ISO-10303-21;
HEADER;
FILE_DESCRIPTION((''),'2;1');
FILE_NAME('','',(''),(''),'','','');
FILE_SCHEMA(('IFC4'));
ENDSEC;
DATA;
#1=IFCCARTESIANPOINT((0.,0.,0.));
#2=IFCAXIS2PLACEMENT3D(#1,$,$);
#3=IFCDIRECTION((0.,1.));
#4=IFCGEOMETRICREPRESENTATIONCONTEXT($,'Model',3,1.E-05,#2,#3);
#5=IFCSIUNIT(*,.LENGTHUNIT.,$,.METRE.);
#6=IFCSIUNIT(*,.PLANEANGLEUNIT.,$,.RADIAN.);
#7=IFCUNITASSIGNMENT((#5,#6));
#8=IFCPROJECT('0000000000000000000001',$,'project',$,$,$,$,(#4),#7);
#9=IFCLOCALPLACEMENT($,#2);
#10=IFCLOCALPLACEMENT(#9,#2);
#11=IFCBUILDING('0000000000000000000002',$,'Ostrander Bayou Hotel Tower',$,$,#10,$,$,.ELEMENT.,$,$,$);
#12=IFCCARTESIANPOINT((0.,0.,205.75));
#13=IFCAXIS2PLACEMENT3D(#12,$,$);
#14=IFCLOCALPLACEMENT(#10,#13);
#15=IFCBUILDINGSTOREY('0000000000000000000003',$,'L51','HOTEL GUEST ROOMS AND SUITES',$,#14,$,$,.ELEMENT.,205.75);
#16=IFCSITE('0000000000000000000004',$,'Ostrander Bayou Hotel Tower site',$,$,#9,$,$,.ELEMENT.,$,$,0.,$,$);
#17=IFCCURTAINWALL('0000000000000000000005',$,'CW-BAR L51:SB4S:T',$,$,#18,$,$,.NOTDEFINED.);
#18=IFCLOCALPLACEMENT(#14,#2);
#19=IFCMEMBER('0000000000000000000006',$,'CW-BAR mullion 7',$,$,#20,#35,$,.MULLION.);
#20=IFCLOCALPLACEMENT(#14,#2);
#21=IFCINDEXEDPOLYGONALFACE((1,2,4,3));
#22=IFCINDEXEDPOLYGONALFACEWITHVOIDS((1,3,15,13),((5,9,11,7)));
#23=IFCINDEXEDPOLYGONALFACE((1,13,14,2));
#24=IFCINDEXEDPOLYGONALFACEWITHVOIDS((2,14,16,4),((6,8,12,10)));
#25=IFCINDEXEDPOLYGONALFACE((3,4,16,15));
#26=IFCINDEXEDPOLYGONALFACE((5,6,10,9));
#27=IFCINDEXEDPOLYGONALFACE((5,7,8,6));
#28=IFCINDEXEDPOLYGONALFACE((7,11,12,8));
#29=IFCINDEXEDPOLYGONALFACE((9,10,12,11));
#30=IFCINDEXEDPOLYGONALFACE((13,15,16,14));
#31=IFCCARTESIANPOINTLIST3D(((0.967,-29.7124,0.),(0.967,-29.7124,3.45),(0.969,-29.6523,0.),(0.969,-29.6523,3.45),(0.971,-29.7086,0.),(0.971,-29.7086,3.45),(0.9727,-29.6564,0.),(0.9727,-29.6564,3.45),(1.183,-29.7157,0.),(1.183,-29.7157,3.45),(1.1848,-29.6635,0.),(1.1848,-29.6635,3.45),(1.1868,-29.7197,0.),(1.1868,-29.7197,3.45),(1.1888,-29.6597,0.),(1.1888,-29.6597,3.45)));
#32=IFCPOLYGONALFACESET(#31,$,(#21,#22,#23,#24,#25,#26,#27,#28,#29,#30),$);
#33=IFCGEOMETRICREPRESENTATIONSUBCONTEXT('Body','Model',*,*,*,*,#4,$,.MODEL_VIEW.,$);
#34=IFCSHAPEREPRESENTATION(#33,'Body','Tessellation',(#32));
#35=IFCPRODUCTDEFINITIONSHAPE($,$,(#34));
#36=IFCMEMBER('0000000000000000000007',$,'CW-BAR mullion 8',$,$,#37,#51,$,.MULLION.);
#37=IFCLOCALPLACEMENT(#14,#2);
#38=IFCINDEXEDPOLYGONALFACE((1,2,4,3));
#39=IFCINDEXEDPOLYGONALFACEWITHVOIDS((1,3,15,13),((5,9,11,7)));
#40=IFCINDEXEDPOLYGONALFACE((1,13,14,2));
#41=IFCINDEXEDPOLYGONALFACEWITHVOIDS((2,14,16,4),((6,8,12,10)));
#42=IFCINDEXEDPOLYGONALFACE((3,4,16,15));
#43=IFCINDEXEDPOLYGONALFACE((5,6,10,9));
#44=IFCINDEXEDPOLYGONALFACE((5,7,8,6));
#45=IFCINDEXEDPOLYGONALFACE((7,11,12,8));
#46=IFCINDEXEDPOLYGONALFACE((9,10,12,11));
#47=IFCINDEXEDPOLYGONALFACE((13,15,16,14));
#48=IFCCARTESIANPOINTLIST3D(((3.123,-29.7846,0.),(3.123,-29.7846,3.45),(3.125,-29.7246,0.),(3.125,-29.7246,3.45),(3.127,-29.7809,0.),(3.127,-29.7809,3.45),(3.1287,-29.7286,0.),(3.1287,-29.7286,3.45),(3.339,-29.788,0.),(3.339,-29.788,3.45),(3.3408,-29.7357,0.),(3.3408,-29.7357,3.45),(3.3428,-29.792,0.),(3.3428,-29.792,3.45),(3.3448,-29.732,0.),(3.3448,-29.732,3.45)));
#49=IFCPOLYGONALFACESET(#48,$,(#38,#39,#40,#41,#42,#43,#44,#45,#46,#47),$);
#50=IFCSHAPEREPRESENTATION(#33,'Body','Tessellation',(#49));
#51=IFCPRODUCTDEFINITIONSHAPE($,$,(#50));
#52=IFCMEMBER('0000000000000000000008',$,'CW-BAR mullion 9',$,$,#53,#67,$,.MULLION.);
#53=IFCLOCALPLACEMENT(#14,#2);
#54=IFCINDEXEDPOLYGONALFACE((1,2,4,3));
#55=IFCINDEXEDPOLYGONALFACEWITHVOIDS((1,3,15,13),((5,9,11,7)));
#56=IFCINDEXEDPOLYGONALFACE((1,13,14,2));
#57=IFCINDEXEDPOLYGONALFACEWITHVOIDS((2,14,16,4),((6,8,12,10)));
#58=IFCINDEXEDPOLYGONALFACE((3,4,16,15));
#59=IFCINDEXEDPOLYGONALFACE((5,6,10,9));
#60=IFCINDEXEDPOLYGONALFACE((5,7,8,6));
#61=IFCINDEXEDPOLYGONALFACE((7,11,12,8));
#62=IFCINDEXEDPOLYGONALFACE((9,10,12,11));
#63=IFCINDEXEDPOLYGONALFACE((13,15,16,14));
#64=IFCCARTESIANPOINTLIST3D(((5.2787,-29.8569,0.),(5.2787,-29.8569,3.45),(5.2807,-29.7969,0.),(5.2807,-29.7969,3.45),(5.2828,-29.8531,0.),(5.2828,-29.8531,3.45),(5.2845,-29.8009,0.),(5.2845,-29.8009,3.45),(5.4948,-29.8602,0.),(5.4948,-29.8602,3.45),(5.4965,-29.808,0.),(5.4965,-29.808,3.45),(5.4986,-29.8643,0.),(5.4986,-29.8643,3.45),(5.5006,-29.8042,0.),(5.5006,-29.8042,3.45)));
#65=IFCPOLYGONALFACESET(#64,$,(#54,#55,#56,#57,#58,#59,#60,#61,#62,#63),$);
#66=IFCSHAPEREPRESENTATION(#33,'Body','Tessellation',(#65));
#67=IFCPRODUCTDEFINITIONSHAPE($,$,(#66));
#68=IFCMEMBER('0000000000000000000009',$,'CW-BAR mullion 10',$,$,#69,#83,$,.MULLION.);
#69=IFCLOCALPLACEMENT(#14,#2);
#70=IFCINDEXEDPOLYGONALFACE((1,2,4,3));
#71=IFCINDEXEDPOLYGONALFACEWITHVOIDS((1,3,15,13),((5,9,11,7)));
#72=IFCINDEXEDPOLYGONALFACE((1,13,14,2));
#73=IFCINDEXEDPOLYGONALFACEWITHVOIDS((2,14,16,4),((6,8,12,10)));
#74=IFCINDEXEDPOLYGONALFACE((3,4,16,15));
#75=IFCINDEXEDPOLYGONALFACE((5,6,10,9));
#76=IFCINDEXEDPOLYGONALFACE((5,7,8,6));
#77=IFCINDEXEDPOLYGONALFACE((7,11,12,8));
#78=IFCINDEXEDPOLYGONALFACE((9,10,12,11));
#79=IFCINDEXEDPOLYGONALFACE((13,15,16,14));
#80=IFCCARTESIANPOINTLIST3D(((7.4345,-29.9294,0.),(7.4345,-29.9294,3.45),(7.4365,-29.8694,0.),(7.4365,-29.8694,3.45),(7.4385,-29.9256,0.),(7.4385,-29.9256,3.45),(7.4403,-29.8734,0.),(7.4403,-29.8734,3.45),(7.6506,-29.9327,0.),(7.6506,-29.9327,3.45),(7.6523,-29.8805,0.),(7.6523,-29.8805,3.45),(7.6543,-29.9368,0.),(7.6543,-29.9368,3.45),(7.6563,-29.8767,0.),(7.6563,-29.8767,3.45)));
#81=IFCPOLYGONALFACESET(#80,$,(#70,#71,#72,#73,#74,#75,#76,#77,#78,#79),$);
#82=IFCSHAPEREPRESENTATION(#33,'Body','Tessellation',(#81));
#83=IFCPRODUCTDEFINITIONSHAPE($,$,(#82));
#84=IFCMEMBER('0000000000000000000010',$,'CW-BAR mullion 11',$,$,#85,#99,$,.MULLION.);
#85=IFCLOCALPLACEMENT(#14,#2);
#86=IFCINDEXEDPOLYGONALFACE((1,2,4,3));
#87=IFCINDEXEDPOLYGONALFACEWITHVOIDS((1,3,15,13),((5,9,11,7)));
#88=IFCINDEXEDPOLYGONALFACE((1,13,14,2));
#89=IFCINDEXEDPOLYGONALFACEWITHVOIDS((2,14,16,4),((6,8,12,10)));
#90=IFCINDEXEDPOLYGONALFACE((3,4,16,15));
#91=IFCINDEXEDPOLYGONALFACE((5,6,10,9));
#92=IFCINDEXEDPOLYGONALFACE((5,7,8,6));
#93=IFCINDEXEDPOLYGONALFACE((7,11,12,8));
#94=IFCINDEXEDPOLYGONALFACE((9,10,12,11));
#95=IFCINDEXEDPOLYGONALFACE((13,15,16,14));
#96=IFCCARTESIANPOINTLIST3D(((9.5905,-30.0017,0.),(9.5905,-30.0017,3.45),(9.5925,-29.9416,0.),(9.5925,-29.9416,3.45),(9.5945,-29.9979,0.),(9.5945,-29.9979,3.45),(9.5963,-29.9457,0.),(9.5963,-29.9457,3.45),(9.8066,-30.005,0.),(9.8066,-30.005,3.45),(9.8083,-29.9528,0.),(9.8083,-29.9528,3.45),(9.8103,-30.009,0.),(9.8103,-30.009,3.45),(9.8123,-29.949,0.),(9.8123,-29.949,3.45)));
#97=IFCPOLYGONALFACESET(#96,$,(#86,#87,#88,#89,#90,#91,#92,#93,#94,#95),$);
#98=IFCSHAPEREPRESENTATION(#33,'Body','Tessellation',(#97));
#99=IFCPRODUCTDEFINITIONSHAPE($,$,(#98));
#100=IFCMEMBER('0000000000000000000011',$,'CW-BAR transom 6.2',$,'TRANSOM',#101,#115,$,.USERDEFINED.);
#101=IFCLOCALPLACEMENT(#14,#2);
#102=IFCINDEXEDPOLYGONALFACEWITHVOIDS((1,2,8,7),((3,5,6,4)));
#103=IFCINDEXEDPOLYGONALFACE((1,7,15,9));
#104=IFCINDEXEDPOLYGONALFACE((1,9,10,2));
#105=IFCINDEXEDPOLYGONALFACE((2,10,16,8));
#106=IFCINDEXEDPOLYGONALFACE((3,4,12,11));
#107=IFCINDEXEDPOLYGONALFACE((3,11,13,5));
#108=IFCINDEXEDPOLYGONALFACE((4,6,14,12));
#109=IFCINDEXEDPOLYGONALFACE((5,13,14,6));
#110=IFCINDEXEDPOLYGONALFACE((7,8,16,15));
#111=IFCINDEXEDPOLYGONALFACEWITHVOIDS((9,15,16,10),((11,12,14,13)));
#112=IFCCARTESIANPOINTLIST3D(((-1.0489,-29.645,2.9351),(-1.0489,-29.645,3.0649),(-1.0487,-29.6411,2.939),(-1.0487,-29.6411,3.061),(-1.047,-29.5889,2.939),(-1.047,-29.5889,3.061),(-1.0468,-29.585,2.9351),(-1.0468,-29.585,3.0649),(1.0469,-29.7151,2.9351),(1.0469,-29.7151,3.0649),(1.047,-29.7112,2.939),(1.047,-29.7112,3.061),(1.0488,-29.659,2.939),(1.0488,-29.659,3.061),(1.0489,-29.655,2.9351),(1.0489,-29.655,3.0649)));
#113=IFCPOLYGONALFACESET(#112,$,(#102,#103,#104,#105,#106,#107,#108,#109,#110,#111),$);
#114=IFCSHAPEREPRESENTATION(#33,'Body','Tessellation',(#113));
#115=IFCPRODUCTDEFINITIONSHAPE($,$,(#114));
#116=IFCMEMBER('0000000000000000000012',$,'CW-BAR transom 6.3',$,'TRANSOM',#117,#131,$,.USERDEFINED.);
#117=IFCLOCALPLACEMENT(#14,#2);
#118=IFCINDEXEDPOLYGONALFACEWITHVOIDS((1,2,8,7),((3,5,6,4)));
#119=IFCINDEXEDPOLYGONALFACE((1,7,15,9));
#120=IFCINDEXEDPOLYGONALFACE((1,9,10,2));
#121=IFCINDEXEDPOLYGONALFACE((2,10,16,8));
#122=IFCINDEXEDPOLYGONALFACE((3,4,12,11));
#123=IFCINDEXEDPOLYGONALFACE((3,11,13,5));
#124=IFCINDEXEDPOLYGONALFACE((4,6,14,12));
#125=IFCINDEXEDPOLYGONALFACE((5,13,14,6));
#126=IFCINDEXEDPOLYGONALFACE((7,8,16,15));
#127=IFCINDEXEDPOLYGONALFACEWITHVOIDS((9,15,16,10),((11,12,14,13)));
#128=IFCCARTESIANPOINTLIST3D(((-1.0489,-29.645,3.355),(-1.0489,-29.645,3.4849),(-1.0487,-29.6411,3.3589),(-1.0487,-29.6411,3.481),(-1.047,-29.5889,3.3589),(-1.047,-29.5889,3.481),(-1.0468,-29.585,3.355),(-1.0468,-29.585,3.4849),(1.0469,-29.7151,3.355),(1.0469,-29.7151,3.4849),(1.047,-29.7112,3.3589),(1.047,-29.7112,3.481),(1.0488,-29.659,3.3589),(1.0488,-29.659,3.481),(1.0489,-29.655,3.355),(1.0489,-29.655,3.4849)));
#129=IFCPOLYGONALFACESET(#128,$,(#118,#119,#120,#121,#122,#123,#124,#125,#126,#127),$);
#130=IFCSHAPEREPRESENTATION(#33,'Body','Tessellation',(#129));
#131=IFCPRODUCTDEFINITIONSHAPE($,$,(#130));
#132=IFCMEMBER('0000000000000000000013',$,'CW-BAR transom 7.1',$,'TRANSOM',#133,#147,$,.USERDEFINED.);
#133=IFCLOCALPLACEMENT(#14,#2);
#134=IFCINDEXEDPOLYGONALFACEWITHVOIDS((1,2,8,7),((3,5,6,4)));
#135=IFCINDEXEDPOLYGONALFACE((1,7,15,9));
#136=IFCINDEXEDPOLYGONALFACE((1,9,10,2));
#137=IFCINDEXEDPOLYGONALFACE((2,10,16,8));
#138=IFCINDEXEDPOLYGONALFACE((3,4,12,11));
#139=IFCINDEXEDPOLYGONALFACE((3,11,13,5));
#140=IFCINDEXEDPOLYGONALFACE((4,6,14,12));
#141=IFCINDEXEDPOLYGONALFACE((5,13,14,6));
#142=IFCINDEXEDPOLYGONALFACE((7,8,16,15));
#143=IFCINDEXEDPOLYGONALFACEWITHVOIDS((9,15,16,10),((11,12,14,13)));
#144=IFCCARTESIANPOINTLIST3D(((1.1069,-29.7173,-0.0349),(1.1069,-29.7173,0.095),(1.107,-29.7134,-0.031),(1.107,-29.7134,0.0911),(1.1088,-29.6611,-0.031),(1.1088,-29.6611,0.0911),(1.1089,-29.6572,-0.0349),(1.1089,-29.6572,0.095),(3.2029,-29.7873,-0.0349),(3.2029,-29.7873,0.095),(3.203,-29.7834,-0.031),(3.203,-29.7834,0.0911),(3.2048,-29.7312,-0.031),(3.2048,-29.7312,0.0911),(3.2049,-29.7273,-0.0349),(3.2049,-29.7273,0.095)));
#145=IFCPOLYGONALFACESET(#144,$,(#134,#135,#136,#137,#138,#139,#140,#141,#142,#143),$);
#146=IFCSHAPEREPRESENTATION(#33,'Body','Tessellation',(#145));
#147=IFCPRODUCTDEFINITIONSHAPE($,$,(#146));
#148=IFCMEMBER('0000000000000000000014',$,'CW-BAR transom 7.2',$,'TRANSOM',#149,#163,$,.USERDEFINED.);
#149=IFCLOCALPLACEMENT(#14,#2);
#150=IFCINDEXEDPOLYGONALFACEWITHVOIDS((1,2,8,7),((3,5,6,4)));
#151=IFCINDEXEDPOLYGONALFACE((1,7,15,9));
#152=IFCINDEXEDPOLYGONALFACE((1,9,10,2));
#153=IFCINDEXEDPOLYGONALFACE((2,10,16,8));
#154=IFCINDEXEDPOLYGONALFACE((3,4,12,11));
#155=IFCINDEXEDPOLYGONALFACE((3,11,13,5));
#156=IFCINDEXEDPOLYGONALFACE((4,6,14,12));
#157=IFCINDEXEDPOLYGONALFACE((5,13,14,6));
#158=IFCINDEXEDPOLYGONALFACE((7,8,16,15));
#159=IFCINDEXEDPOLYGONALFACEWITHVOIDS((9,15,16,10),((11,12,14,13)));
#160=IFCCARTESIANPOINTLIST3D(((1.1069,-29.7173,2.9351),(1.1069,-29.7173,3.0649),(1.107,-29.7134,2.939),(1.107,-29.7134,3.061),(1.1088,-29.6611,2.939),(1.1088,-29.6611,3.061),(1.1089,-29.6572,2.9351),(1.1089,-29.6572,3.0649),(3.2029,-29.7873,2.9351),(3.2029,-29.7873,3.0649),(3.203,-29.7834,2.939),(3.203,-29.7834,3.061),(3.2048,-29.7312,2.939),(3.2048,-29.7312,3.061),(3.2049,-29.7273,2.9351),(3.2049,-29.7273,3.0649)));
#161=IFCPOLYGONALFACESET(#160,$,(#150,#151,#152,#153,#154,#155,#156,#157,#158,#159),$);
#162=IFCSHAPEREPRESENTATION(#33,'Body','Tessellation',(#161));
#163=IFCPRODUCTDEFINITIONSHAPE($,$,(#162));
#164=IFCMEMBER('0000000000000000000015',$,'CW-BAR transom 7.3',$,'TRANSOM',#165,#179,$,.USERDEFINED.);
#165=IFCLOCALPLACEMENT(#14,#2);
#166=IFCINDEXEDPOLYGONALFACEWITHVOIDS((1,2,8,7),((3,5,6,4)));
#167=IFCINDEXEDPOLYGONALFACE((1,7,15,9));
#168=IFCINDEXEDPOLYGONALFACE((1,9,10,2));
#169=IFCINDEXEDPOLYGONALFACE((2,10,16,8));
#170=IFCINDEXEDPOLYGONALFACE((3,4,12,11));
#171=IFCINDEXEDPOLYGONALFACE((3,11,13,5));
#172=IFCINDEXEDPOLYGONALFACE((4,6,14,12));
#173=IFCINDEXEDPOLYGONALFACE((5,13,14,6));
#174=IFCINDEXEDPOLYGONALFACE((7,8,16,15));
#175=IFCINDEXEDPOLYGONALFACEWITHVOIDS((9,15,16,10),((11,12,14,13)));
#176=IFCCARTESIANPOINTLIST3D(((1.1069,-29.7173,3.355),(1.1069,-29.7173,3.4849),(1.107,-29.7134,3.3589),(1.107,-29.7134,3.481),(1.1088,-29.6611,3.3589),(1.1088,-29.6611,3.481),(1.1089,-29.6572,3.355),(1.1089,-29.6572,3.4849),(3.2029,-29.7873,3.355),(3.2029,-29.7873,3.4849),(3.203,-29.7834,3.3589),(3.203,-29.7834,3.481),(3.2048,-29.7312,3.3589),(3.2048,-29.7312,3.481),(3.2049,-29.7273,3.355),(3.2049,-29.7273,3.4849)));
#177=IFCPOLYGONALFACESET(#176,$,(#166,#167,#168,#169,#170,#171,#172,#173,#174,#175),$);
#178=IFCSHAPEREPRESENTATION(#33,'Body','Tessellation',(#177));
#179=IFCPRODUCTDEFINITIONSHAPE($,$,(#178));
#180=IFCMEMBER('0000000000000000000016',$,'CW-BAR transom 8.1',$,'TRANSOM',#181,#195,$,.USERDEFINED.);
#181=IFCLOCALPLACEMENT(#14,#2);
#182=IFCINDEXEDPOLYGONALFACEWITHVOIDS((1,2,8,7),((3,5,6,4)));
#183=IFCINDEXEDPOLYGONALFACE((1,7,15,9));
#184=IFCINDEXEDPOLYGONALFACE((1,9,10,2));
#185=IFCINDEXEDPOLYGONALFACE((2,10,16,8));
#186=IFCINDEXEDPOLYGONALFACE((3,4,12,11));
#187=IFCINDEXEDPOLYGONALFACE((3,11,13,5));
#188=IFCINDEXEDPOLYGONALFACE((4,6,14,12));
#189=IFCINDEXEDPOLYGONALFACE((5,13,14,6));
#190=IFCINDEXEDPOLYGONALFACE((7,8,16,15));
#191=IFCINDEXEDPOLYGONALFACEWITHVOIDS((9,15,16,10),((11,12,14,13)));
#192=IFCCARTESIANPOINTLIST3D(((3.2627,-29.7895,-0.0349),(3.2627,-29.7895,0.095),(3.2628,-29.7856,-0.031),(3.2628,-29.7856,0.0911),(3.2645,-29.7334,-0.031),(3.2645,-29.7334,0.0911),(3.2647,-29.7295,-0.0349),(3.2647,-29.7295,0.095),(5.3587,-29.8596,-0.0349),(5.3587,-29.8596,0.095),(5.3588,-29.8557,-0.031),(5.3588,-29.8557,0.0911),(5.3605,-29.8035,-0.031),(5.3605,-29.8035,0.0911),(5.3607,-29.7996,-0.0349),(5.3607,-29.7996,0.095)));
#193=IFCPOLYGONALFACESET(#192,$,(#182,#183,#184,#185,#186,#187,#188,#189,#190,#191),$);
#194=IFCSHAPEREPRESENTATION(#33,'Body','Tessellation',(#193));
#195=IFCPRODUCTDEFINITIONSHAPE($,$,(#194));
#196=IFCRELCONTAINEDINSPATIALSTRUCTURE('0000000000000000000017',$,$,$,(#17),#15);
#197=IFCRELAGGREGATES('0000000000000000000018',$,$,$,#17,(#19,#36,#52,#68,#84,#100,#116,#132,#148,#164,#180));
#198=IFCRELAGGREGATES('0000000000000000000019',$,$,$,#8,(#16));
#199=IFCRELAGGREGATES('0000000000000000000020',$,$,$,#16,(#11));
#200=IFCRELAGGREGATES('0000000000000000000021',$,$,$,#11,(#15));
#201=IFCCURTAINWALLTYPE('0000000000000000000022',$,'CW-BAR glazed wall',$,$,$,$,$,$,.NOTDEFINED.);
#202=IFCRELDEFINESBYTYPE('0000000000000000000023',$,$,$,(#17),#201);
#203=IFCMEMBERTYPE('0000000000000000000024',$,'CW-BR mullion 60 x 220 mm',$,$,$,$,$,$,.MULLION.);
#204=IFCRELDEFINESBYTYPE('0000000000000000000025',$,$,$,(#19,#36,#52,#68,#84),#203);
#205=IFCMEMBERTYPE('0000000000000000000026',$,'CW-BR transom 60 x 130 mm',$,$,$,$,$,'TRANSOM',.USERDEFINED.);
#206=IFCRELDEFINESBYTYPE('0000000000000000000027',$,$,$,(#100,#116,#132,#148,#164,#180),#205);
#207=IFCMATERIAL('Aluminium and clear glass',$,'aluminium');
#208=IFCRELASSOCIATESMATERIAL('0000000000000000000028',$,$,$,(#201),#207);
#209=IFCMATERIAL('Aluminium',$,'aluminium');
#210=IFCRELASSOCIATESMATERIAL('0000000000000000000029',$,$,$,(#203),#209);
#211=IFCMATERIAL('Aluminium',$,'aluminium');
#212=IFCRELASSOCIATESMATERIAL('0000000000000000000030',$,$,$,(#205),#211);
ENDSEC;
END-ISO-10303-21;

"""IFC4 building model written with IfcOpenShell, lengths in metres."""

from ifc_helpers import new_model, si_unit, direction, frame, origin, origin_2d, place, context, subcontext, project, spatial, hollow_rectangle, extrude, material, material_profile, profile_set, type_object, element, aggregate, save


model = new_model("IFC4")

# Units and contexts
model_context = context("Model", 3, precision=1e-05, world=origin(), true_north=direction((0.0, 1.0)))
body_context = subcontext(model_context, "Body", "Model", "MODEL_VIEW")
ifc_project = project(units=[si_unit("LENGTHUNIT", "METRE"), si_unit("PLANEANGLEUNIT", "RADIAN")], contexts=[model_context])

# Site, building, storey
site_placement = place(None, origin())
site = spatial("IfcSite", under=ifc_project, at=site_placement, Name="Ostrander Bayou Hotel Tower site", CompositionType="ELEMENT", RefElevation=0.0)
building_placement = place(site_placement, origin())
building = spatial("IfcBuilding", under=site, at=building_placement, Name="Ostrander Bayou Hotel Tower", CompositionType="ELEMENT")
storey_placement = place(building_placement, frame((0.0, 0.0, 205.75)))
storey = spatial("IfcBuildingStorey", under=building, at=storey_placement, Name="L51", Description="HOTEL GUEST ROOMS AND SUITES", CompositionType="ELEMENT", Elevation=205.75)

# Curtain wall, members
ifc_material_1 = material(Name="Aluminium and clear glass", Category="aluminium")
curtain_wall_type = type_object("IfcCurtainWallType", Name="CW-BAR glazed wall", PredefinedType="NOTDEFINED", material=ifc_material_1)
curtain_wall_placement = place(storey_placement, origin())
curtain_wall = element("IfcCurtainWall", 1, at=curtain_wall_placement, inside=storey, type_object=curtain_wall_type, Name="CW-BAR L51:SB4S:T", PredefinedType="NOTDEFINED")
ifc_material_2 = material(Name="Aluminium", Category="aluminium")
ifc_material_profile_1 = material_profile(ifc_material_2, hollow_rectangle(XDim=0.0601, YDim=0.22, WallThickness=0.0039, at=origin_2d()))
ifc_profile_set_1 = profile_set([ifc_material_profile_1], Name="Aluminium")
member_type_1 = type_object("IfcMemberType", Name="CW-BR mullion 60 x 220 mm", PredefinedType="MULLION", material=ifc_profile_set_1)
member_1_placement = place(storey_placement, frame((1.0779, -29.686, 0.0), z_axis=(0.0, 0.0, 1.0), x_axis=(0.033505, 0.999439, 0.0)))
member_1 = element("IfcMember", 2, at=member_1_placement, type_object=member_type_1, Name="CW-BAR mullion 7", PredefinedType="MULLION", context=body_context, shape_type="SweptSolid", body=[
    extrude(hollow_rectangle(XDim=0.0601, YDim=0.22, WallThickness=0.0039, at=origin_2d()), origin(), (0.0, 0.0, 1.0), 3.45),
])
member_2_placement = place(storey_placement, frame((3.2339, -29.7583, 0.0), z_axis=(0.0, 0.0, 1.0), x_axis=(0.033505, 0.999439, 0.0)))
member_2 = element("IfcMember", 3, at=member_2_placement, type_object=member_type_1, Name="CW-BAR mullion 8", PredefinedType="MULLION", context=body_context, shape_type="SweptSolid", body=[
    extrude(hollow_rectangle(XDim=0.0601, YDim=0.22, WallThickness=0.0039, at=origin_2d()), origin(), (0.0, 0.0, 1.0), 3.45),
])
member_3_placement = place(storey_placement, frame((5.3896, -29.8306, 0.0), z_axis=(0.0, 0.0, 1.0), x_axis=(0.033505, 0.999439, 0.0)))
member_3 = element("IfcMember", 4, at=member_3_placement, type_object=member_type_1, Name="CW-BAR mullion 9", PredefinedType="MULLION", context=body_context, shape_type="SweptSolid", body=[
    extrude(hollow_rectangle(XDim=0.0601, YDim=0.22, WallThickness=0.0039, at=origin_2d()), origin(), (0.0, 0.0, 1.0), 3.45),
])
member_4_placement = place(storey_placement, frame((7.5454, -29.9031, 0.0), z_axis=(0.0, 0.0, 1.0), x_axis=(0.033505, 0.999439, 0.0)))
member_4 = element("IfcMember", 5, at=member_4_placement, type_object=member_type_1, Name="CW-BAR mullion 10", PredefinedType="MULLION", context=body_context, shape_type="SweptSolid", body=[
    extrude(hollow_rectangle(XDim=0.0601, YDim=0.22, WallThickness=0.0039, at=origin_2d()), origin(), (0.0, 0.0, 1.0), 3.45),
])
member_5_placement = place(storey_placement, frame((9.7014, -29.9753, 0.0), z_axis=(0.0, 0.0, 1.0), x_axis=(0.033505, 0.999439, 0.0)))
member_5 = element("IfcMember", 6, at=member_5_placement, type_object=member_type_1, Name="CW-BAR mullion 11", PredefinedType="MULLION", context=body_context, shape_type="SweptSolid", body=[
    extrude(hollow_rectangle(XDim=0.0601, YDim=0.22, WallThickness=0.0039, at=origin_2d()), origin(), (0.0, 0.0, 1.0), 3.45),
])
ifc_material_3 = material(Name="Aluminium", Category="aluminium")
ifc_material_profile_2 = material_profile(ifc_material_3, hollow_rectangle(XDim=0.0601, YDim=0.1299, WallThickness=0.0039, at=origin_2d()))
ifc_profile_set_2 = profile_set([ifc_material_profile_2], Name="Aluminium")
member_type_2 = type_object("IfcMemberType", Name="CW-BR transom 60 x 130 mm", ElementType="TRANSOM", PredefinedType="USERDEFINED", material=ifc_profile_set_2)
member_6_placement = place(storey_placement, frame((-1.0479, -29.615, 3.0), z_axis=(0.999442, -0.033416, 0.0), x_axis=(0.033416, 0.999442, 0.0)))
member_6 = element("IfcMember", 7, at=member_6_placement, type_object=member_type_2, Name="CW-BAR transom 6.2", ObjectType="TRANSOM", PredefinedType="USERDEFINED", context=body_context, shape_type="SweptSolid", body=[
    extrude(hollow_rectangle(XDim=0.0601, YDim=0.1299, WallThickness=0.0039, at=origin_2d()), origin(), (0.0, 0.0, 1.0), 2.0969),
])
member_7_placement = place(storey_placement, frame((-1.0479, -29.615, 3.4199), z_axis=(0.999442, -0.033416, 0.0), x_axis=(0.033416, 0.999442, 0.0)))
member_7 = element("IfcMember", 8, at=member_7_placement, type_object=member_type_2, Name="CW-BAR transom 6.3", ObjectType="TRANSOM", PredefinedType="USERDEFINED", context=body_context, shape_type="SweptSolid", body=[
    extrude(hollow_rectangle(XDim=0.0601, YDim=0.1299, WallThickness=0.0039, at=origin_2d()), origin(), (0.0, 0.0, 1.0), 2.0969),
])
member_8_placement = place(storey_placement, frame((1.1079, -29.6873, 0.03), z_axis=(0.999442, -0.033412, 0.0), x_axis=(0.033412, 0.999442, 0.0)))
member_8 = element("IfcMember", 9, at=member_8_placement, type_object=member_type_2, Name="CW-BAR transom 7.1", ObjectType="TRANSOM", PredefinedType="USERDEFINED", context=body_context, shape_type="SweptSolid", body=[
    extrude(hollow_rectangle(XDim=0.0601, YDim=0.1299, WallThickness=0.0039, at=origin_2d()), origin(), (0.0, 0.0, 1.0), 2.0972),
])
member_9_placement = place(storey_placement, frame((1.1079, -29.6873, 3.0), z_axis=(0.999442, -0.033412, 0.0), x_axis=(0.033412, 0.999442, 0.0)))
member_9 = element("IfcMember", 10, at=member_9_placement, type_object=member_type_2, Name="CW-BAR transom 7.2", ObjectType="TRANSOM", PredefinedType="USERDEFINED", context=body_context, shape_type="SweptSolid", body=[
    extrude(hollow_rectangle(XDim=0.0601, YDim=0.1299, WallThickness=0.0039, at=origin_2d()), origin(), (0.0, 0.0, 1.0), 2.0972),
])
member_10_placement = place(storey_placement, frame((1.1079, -29.6873, 3.4199), z_axis=(0.999442, -0.033412, 0.0), x_axis=(0.033412, 0.999442, 0.0)))
member_10 = element("IfcMember", 11, at=member_10_placement, type_object=member_type_2, Name="CW-BAR transom 7.3", ObjectType="TRANSOM", PredefinedType="USERDEFINED", context=body_context, shape_type="SweptSolid", body=[
    extrude(hollow_rectangle(XDim=0.0601, YDim=0.1299, WallThickness=0.0039, at=origin_2d()), origin(), (0.0, 0.0, 1.0), 2.0972),
])
member_11_placement = place(storey_placement, frame((3.2637, -29.7595, 0.03), z_axis=(0.999442, -0.033412, 0.0), x_axis=(0.033412, 0.999442, 0.0)))
member_11 = element("IfcMember", 12, at=member_11_placement, type_object=member_type_2, Name="CW-BAR transom 8.1", ObjectType="TRANSOM", PredefinedType="USERDEFINED", context=body_context, shape_type="SweptSolid", body=[
    extrude(hollow_rectangle(XDim=0.0601, YDim=0.1299, WallThickness=0.0039, at=origin_2d()), origin(), (0.0, 0.0, 1.0), 2.0972),
])
aggregate(curtain_wall, [member_1, member_2, member_3, member_4, member_5, member_6, member_7, member_8, member_9, member_10, member_11])

save(model, "model.ifc")
